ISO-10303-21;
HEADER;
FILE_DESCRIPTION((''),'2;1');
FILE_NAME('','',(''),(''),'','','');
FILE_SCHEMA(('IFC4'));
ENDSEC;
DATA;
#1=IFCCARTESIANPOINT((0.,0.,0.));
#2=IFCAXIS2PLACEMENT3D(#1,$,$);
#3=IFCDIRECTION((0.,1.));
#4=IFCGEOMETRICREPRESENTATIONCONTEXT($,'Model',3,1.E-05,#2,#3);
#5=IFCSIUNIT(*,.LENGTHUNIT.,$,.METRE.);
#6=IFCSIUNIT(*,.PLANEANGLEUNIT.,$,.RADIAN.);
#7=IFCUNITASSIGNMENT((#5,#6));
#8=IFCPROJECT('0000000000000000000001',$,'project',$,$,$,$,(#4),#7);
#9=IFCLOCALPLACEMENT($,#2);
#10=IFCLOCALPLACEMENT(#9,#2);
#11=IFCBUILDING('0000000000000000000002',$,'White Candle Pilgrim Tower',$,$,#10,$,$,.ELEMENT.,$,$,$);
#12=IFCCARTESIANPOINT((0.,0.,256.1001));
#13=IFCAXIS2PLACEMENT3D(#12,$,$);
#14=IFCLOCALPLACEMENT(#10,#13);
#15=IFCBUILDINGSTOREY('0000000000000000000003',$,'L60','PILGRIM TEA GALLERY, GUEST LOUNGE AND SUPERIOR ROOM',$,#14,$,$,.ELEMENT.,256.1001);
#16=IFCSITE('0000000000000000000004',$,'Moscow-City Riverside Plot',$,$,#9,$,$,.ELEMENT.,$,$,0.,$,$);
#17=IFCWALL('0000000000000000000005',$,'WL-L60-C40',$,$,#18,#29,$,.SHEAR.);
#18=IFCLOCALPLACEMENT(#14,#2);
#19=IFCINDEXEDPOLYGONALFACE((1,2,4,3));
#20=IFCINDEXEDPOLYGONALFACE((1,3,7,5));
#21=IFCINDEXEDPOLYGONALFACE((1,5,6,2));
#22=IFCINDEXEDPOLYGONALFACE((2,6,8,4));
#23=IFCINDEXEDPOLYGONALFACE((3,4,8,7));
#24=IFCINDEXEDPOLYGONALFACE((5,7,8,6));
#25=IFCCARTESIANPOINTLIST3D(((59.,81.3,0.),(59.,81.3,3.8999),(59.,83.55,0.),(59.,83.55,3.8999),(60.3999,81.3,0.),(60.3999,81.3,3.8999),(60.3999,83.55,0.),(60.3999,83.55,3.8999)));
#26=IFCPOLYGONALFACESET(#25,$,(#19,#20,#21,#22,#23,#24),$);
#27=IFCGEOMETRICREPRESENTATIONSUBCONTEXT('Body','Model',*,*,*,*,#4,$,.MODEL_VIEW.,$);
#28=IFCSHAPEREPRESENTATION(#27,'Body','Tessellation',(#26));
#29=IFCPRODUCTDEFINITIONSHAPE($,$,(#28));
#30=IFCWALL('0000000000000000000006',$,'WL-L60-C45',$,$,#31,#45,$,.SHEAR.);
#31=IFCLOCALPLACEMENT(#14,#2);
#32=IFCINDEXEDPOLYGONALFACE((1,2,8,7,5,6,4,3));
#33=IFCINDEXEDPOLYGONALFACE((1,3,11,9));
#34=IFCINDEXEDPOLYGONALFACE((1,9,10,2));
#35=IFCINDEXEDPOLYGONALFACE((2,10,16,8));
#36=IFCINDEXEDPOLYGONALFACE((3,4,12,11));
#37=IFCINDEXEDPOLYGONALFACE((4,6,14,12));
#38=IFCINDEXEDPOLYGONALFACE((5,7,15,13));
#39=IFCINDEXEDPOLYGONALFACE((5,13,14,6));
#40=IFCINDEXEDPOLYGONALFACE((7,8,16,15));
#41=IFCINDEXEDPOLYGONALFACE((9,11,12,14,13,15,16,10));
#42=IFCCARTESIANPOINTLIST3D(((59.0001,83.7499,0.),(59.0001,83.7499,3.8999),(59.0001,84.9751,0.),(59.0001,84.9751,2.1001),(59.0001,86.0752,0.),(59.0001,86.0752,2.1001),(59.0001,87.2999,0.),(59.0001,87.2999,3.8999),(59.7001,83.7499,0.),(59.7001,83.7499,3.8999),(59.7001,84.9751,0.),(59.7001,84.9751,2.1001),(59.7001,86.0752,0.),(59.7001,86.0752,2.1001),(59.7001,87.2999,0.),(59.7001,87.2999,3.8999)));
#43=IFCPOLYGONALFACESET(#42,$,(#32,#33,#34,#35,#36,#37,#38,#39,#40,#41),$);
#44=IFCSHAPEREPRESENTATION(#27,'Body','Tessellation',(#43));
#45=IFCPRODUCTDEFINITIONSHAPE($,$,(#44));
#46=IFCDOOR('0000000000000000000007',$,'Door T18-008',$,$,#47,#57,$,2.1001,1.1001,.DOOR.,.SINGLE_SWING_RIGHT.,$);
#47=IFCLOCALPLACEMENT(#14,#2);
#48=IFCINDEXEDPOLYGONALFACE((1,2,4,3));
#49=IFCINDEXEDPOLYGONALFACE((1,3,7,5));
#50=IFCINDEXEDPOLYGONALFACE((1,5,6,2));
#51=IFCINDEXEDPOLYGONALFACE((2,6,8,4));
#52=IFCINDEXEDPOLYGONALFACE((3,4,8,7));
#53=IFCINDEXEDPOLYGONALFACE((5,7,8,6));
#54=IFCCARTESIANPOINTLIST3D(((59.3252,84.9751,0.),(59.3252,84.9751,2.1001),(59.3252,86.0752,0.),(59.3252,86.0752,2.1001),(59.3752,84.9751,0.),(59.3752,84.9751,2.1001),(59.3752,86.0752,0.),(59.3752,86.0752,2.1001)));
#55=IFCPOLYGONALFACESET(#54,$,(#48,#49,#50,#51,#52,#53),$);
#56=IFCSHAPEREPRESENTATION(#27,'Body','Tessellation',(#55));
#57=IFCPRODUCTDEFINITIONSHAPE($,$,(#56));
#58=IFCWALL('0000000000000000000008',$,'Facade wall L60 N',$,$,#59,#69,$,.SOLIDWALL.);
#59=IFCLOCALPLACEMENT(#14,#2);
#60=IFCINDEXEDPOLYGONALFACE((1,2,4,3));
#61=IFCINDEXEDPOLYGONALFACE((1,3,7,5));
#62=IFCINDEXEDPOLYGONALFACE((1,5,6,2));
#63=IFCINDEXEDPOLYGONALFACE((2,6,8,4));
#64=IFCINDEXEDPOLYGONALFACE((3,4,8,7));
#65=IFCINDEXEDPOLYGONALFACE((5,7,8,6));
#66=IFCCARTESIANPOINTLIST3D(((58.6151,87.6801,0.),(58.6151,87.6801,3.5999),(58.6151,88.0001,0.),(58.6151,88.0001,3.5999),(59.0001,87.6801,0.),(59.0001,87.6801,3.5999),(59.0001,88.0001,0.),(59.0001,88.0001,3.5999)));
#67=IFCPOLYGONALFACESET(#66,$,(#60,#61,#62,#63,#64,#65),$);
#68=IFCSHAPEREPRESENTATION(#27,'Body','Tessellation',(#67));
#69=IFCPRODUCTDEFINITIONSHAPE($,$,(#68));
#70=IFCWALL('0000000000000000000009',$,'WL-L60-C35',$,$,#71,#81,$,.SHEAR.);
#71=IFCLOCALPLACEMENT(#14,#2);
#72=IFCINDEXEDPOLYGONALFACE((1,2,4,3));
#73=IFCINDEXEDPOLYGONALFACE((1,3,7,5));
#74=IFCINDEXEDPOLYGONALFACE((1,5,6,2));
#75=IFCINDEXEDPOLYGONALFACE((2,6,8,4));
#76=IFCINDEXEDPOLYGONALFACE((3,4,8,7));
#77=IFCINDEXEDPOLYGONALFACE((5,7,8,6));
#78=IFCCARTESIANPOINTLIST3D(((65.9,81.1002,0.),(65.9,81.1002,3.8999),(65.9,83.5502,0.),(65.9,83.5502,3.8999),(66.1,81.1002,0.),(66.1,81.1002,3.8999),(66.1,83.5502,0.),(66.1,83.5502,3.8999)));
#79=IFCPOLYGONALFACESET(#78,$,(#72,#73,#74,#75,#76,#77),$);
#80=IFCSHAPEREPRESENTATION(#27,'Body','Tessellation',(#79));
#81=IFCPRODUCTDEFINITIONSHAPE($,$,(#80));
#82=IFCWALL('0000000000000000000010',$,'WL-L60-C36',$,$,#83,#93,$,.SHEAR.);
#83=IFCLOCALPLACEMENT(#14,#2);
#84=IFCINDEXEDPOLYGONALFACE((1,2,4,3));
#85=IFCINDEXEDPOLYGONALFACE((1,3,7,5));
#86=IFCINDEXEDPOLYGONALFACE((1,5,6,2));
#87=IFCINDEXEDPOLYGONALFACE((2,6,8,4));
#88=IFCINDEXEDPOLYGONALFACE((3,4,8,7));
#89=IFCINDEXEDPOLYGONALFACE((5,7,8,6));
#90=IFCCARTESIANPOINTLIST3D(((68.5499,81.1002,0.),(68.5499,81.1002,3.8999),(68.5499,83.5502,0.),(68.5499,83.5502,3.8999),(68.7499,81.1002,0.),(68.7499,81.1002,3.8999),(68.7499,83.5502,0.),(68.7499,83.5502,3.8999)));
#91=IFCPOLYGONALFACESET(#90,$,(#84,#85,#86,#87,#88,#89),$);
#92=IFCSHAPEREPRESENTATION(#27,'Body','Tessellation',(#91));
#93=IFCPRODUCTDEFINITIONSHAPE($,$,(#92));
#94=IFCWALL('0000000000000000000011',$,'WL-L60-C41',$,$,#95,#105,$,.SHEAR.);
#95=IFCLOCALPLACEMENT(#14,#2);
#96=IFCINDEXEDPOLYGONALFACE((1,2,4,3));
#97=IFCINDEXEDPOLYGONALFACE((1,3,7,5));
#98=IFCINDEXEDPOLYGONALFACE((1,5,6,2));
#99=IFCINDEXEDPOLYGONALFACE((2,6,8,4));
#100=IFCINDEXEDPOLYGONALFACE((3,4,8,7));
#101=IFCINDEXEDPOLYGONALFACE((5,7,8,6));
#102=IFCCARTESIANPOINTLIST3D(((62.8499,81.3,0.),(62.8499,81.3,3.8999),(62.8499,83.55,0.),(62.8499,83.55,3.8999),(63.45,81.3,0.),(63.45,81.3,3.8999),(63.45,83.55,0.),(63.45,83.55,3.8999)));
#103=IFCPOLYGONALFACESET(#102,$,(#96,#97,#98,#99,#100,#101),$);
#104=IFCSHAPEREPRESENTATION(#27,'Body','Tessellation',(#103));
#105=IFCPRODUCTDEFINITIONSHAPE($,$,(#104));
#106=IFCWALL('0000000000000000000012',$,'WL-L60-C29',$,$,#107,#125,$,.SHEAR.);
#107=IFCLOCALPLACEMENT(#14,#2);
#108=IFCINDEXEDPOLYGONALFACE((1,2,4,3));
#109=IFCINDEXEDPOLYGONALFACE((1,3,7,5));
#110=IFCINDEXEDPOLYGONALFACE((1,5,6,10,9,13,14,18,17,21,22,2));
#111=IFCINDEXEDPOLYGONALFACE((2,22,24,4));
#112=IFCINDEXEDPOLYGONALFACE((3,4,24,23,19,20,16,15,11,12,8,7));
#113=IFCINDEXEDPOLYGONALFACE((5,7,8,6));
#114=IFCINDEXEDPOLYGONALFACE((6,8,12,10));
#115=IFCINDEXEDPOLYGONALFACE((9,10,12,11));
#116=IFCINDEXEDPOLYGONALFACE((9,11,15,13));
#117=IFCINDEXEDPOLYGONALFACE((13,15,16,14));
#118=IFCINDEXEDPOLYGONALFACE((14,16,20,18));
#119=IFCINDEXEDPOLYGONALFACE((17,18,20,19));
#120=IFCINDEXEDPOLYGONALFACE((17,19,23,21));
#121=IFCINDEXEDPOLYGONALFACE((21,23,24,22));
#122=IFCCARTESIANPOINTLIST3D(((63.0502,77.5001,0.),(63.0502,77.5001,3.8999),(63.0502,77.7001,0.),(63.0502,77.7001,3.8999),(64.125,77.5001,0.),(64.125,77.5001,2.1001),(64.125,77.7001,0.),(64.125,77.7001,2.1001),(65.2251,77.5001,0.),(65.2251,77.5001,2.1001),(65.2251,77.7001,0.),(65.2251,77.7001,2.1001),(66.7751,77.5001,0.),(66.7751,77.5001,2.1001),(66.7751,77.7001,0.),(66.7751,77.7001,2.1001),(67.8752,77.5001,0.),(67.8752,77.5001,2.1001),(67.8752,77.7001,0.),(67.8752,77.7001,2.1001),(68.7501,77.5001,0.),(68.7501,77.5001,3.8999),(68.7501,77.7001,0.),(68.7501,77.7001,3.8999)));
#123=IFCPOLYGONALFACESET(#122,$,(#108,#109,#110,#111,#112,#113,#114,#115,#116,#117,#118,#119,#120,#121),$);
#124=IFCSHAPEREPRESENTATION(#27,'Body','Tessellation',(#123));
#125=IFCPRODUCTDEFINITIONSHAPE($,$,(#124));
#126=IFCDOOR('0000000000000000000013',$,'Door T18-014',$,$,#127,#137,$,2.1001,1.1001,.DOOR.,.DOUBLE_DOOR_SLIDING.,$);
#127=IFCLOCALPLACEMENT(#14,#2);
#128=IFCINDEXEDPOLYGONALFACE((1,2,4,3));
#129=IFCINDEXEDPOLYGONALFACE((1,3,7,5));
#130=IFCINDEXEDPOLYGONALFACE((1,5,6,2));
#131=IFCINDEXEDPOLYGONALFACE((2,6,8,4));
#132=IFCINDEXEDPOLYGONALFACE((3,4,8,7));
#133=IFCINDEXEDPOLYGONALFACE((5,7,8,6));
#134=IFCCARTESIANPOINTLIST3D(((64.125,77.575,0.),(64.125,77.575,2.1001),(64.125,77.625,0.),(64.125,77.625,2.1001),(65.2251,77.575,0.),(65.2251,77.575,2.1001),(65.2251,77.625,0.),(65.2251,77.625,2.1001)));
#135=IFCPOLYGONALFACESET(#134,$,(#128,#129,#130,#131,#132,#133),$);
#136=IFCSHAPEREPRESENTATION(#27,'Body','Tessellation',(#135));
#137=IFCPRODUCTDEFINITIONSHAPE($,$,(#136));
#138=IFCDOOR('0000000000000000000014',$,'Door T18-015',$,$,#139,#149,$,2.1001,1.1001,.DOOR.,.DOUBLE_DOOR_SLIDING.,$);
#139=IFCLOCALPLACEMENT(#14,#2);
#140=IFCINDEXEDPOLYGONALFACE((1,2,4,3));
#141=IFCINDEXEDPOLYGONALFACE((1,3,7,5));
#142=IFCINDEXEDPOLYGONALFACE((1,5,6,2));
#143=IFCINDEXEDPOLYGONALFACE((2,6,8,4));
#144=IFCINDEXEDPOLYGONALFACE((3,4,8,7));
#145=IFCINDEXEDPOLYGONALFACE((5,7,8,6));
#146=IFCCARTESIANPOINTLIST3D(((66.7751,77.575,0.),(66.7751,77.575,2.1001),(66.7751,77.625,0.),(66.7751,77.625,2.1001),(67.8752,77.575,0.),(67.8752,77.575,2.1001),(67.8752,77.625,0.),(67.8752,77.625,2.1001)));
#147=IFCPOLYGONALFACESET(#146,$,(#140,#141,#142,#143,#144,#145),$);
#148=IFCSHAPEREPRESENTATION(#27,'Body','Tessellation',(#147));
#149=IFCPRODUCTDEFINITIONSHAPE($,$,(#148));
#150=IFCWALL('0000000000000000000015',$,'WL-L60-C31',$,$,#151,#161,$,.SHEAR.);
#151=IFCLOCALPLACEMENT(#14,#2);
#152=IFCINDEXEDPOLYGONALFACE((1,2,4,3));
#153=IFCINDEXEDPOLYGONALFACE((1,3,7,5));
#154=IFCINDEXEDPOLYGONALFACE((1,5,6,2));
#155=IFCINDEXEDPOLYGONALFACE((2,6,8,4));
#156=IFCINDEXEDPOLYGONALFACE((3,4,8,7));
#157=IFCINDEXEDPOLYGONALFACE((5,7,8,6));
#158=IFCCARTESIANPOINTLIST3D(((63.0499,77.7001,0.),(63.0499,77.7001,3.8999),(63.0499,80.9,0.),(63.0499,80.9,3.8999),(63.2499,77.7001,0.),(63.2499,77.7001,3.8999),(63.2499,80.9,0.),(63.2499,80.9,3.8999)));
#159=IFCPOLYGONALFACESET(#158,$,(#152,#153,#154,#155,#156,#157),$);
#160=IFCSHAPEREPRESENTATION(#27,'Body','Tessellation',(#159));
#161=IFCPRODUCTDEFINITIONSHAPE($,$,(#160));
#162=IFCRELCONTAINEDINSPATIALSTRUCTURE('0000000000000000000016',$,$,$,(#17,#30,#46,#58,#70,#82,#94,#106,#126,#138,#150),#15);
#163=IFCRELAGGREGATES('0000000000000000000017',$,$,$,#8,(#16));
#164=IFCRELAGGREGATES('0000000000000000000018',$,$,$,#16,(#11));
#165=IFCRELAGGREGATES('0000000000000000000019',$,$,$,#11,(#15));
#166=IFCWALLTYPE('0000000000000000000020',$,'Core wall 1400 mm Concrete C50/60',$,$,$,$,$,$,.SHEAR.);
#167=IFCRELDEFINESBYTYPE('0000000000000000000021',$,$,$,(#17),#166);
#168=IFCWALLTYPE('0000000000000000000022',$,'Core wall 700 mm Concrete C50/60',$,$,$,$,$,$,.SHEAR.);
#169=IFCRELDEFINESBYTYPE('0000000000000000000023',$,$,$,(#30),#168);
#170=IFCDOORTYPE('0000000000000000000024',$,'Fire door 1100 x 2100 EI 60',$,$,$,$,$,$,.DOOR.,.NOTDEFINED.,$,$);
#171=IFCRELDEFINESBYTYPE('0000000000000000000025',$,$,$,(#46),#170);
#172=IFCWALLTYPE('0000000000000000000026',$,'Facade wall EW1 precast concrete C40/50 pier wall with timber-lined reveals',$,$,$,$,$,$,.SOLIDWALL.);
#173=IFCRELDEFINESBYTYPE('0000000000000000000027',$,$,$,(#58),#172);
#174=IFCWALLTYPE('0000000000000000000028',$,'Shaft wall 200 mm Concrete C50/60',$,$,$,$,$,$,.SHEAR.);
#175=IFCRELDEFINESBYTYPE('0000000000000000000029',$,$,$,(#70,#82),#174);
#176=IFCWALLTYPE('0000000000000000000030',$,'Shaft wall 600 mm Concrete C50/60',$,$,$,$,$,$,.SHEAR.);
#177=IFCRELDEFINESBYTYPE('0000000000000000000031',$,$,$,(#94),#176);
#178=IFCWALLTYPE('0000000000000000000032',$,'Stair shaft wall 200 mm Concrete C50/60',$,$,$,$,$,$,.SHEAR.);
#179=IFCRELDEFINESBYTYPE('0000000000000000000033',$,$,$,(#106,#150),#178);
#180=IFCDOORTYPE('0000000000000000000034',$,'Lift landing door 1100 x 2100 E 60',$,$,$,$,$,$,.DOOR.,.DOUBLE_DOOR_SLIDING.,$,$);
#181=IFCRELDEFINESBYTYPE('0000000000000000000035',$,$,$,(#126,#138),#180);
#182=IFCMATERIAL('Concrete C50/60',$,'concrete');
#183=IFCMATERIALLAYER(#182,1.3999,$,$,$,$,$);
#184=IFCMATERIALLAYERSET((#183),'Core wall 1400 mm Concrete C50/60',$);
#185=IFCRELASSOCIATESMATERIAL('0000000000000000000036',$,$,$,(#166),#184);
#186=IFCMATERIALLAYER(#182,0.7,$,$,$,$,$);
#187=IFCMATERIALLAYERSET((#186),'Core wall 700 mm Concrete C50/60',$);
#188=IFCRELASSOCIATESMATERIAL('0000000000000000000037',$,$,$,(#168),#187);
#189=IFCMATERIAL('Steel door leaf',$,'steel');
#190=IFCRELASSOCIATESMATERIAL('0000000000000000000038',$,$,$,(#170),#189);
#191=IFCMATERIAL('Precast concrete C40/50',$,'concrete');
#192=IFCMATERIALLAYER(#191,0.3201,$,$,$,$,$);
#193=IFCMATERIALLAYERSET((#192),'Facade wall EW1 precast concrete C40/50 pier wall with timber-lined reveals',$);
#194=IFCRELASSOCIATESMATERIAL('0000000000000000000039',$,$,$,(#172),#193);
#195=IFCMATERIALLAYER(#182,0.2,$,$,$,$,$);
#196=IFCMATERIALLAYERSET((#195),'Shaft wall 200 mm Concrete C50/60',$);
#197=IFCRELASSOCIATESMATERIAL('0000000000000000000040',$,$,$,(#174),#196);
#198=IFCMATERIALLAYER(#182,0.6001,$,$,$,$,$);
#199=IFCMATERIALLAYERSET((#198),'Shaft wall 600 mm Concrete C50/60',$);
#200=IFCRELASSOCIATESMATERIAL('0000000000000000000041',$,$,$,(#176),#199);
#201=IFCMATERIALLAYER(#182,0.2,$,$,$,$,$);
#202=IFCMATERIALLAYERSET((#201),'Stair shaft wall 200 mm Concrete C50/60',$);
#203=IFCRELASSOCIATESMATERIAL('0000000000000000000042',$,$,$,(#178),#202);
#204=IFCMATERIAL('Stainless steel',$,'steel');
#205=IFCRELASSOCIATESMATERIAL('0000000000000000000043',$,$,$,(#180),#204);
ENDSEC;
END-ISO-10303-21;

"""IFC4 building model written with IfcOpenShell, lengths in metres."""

from ifc_helpers import new_model, si_unit, direction, frame, frame_2d, origin, place, context, subcontext, project, spatial, rectangle, extrude, material, layer, layer_set, type_object, element, fill, save


model = new_model("IFC4")

# Units and contexts
model_context = context("Model", 3, precision=1e-05, world=origin(), true_north=direction((0.0, 1.0)))
body_context = subcontext(model_context, "Body", "Model", "MODEL_VIEW")
ifc_project = project(units=[si_unit("LENGTHUNIT", "METRE"), si_unit("PLANEANGLEUNIT", "RADIAN")], contexts=[model_context])

# Site, building, storey
site_placement = place(None, origin())
site = spatial("IfcSite", under=ifc_project, at=site_placement, Name="Moscow-City Riverside Plot", CompositionType="ELEMENT", RefElevation=0.0)
building_placement = place(site_placement, origin())
building = spatial("IfcBuilding", under=site, at=building_placement, Name="White Candle Pilgrim Tower", CompositionType="ELEMENT")
storey_placement = place(building_placement, frame((0.0, 0.0, 256.1001)))
storey = spatial("IfcBuildingStorey", under=building, at=storey_placement, Name="L60", Description="PILGRIM TEA GALLERY, GUEST LOUNGE AND SUPERIOR ROOM", CompositionType="ELEMENT", Elevation=256.1001)

# Wall
ifc_material_1 = material(Name="Concrete C50/60", Category="concrete")
ifc_layer_1 = layer(ifc_material_1, 1.3999)
ifc_layer_set_1 = layer_set([ifc_layer_1], Name="Core wall 1400 mm Concrete C50/60")
wall_type_1 = type_object("IfcWallType", Name="Core wall 1400 mm Concrete C50/60", PredefinedType="SHEAR", material=ifc_layer_set_1)
wall_1_placement = place(storey_placement, frame((59.7, 81.3, 0.0), z_axis=(0.0, 0.0, 1.0), x_axis=(0.0, 1.0, 0.0)))
element("IfcWall", 1, at=wall_1_placement, inside=storey, type_object=wall_type_1, Name="WL-L60-C40", PredefinedType="SHEAR", context=body_context, shape_type="SweptSolid", body=[
    extrude(rectangle(XDim=2.25, YDim=1.3999, at=frame_2d((1.125, 0.0))), origin(), (0.0, 0.0, 1.0), 3.8999),
])

# Wall, opening, door
ifc_layer_2 = layer(ifc_material_1, 0.7)
ifc_layer_set_2 = layer_set([ifc_layer_2], Name="Core wall 700 mm Concrete C50/60")
wall_type_2 = type_object("IfcWallType", Name="Core wall 700 mm Concrete C50/60", PredefinedType="SHEAR", material=ifc_layer_set_2)
wall_2_placement = place(storey_placement, frame((59.3501, 83.75, 0.0), z_axis=(0.0, 0.0, 1.0), x_axis=(0.0, 1.0, 0.0)))
wall_2 = element("IfcWall", 2, at=wall_2_placement, inside=storey, type_object=wall_type_2, Name="WL-L60-C45", PredefinedType="SHEAR", context=body_context, shape_type="SweptSolid", body=[
    extrude(rectangle(XDim=3.55, YDim=0.7, at=frame_2d((1.7749, 0.0))), origin(), (0.0, 0.0, 1.0), 3.8999),
])
opening_1_placement = place(wall_2_placement, frame((1.2251, 0.0, 0.0)))
opening_1 = element("IfcOpeningElement", 3, at=opening_1_placement, cuts=wall_2, PredefinedType="OPENING", context=body_context, shape_type="SweptSolid", body=[
    extrude(rectangle(XDim=1.1001, YDim=2.1001, at=frame_2d((0.55, 1.05))), frame((0.0, 0.3599, 0.0), z_axis=(0.0, -1.0, 0.0), x_axis=(1.0, 0.0, 0.0)), (0.0, 0.0, 1.0), 0.72),
])
ifc_material_2 = material(Name="Steel door leaf", Category="steel")
door_type_1 = type_object("IfcDoorType", Name="Fire door 1100 x 2100 EI 60", OperationType="NOTDEFINED", PredefinedType="DOOR", material=ifc_material_2)
door_1_placement = place(opening_1_placement, origin())
door_1 = element("IfcDoor", 4, at=door_1_placement, inside=storey, type_object=door_type_1, Name="Door T18-008", OperationType="SINGLE_SWING_RIGHT", OverallHeight=2.1001, OverallWidth=1.1001, PredefinedType="DOOR", context=body_context, shape_type="SweptSolid", body=[
    extrude(rectangle(XDim=1.1001, YDim=2.1001, at=frame_2d((0.55, 1.05))), frame((0.0, 0.0249, 0.0), z_axis=(0.0, -1.0, 0.0), x_axis=(1.0, 0.0, 0.0)), (0.0, 0.0, 1.0), 0.05),
])
fill(opening_1, door_1)

# Walls
ifc_material_3 = material(Name="Precast concrete C40/50", Category="concrete")
ifc_layer_3 = layer(ifc_material_3, 0.3201)
ifc_layer_set_3 = layer_set([ifc_layer_3], Name="Facade wall EW1 precast concrete C40/50 pier wall with timber-lined reveals")
wall_type_3 = type_object("IfcWallType", Name="Facade wall EW1 precast concrete C40/50 pier wall with timber-lined reveals", PredefinedType="SOLIDWALL", material=ifc_layer_set_3)
wall_3_placement = place(storey_placement, frame((59.0, 87.8401, 0.0), z_axis=(0.0, 0.0, 1.0), x_axis=(-1.0, 0.0, 0.0)))
element("IfcWall", 5, at=wall_3_placement, inside=storey, type_object=wall_type_3, Name="Facade wall L60 N", PredefinedType="SOLIDWALL", context=body_context, shape_type="SweptSolid", body=[
    extrude(rectangle(XDim=0.385, YDim=0.3201, at=frame_2d((0.1924, 0.0))), origin(), (0.0, 0.0, 1.0), 3.5999),
])
ifc_layer_4 = layer(ifc_material_1, 0.2)
ifc_layer_set_4 = layer_set([ifc_layer_4], Name="Shaft wall 200 mm Concrete C50/60")
wall_type_4 = type_object("IfcWallType", Name="Shaft wall 200 mm Concrete C50/60", PredefinedType="SHEAR", material=ifc_layer_set_4)
for number, where, z_axis, x_axis, name in (
    (6, (66.0, 81.1001, 0.0), (0.0, 0.0, 1.0), (0.0, 1.0, 0.0), "WL-L60-C35"),
    (7, (68.6499, 81.1001, 0.0), (0.0, 0.0, 1.0), (0.0, 1.0, 0.0), "WL-L60-C36"),
):
    element("IfcWall", number, at=place(storey_placement, frame(where, z_axis=z_axis, x_axis=x_axis)), inside=storey, type_object=wall_type_4, Name=name, PredefinedType="SHEAR", context=body_context, shape_type="SweptSolid", body=[
        extrude(rectangle(XDim=2.45, YDim=0.2, at=frame_2d((1.2251, 0.0))), origin(), (0.0, 0.0, 1.0), 3.8999),
    ])
ifc_layer_5 = layer(ifc_material_1, 0.6001)
ifc_layer_set_5 = layer_set([ifc_layer_5], Name="Shaft wall 600 mm Concrete C50/60")
wall_type_5 = type_object("IfcWallType", Name="Shaft wall 600 mm Concrete C50/60", PredefinedType="SHEAR", material=ifc_layer_set_5)
wall_4_placement = place(storey_placement, frame((63.1499, 81.3, 0.0), z_axis=(0.0, 0.0, 1.0), x_axis=(0.0, 1.0, 0.0)))
element("IfcWall", 8, at=wall_4_placement, inside=storey, type_object=wall_type_5, Name="WL-L60-C41", PredefinedType="SHEAR", context=body_context, shape_type="SweptSolid", body=[
    extrude(rectangle(XDim=2.25, YDim=0.6001, at=frame_2d((1.125, 0.0))), origin(), (0.0, 0.0, 1.0), 3.8999),
])

# Wall, openings, doors
ifc_layer_6 = layer(ifc_material_1, 0.2)
ifc_layer_set_6 = layer_set([ifc_layer_6], Name="Stair shaft wall 200 mm Concrete C50/60")
wall_type_6 = type_object("IfcWallType", Name="Stair shaft wall 200 mm Concrete C50/60", PredefinedType="SHEAR", material=ifc_layer_set_6)
wall_5_placement = place(storey_placement, frame((63.05, 77.6001, 0.0), z_axis=(0.0, 0.0, 1.0), x_axis=(1.0, 0.0, 0.0)))
wall_5 = element("IfcWall", 9, at=wall_5_placement, inside=storey, type_object=wall_type_6, Name="WL-L60-C29", PredefinedType="SHEAR", context=body_context, shape_type="SweptSolid", body=[
    extrude(rectangle(XDim=5.7, YDim=0.2, at=frame_2d((2.8501, 0.0))), origin(), (0.0, 0.0, 1.0), 3.8999),
])
opening_2_placement = place(wall_5_placement, frame((1.075, 0.0, 0.0)))
opening_2 = element("IfcOpeningElement", 10, at=opening_2_placement, cuts=wall_5, PredefinedType="OPENING", context=body_context, shape_type="SweptSolid", body=[
    extrude(rectangle(XDim=1.1001, YDim=2.1001, at=frame_2d((0.55, 1.05))), frame((0.0, 0.1099, 0.0), z_axis=(0.0, -1.0, 0.0), x_axis=(1.0, 0.0, 0.0)), (0.0, 0.0, 1.0), 0.22),
])
opening_3_placement = place(wall_5_placement, frame((3.7251, 0.0, 0.0)))
opening_3 = element("IfcOpeningElement", 11, at=opening_3_placement, cuts=wall_5, PredefinedType="OPENING", context=body_context, shape_type="SweptSolid", body=[
    extrude(rectangle(XDim=1.1001, YDim=2.1001, at=frame_2d((0.55, 1.05))), frame((0.0, 0.1099, 0.0), z_axis=(0.0, -1.0, 0.0), x_axis=(1.0, 0.0, 0.0)), (0.0, 0.0, 1.0), 0.22),
])
ifc_material_4 = material(Name="Stainless steel", Category="steel")
door_type_2 = type_object("IfcDoorType", Name="Lift landing door 1100 x 2100 E 60", OperationType="DOUBLE_DOOR_SLIDING", PredefinedType="DOOR", material=ifc_material_4)
door_2_placement = place(opening_2_placement, origin())
door_2 = element("IfcDoor", 12, at=door_2_placement, inside=storey, type_object=door_type_2, Name="Door T18-014", OperationType="DOUBLE_DOOR_SLIDING", OverallHeight=2.1001, OverallWidth=1.1001, PredefinedType="DOOR", context=body_context, shape_type="SweptSolid", body=[
    extrude(rectangle(XDim=1.1001, YDim=2.1001, at=frame_2d((0.55, 1.05))), frame((0.0, 0.0249, 0.0), z_axis=(0.0, -1.0, 0.0), x_axis=(1.0, 0.0, 0.0)), (0.0, 0.0, 1.0), 0.05),
])
fill(opening_2, door_2)
door_3_placement = place(opening_3_placement, origin())
door_3 = element("IfcDoor", 13, at=door_3_placement, inside=storey, type_object=door_type_2, Name="Door T18-015", OperationType="DOUBLE_DOOR_SLIDING", OverallHeight=2.1001, OverallWidth=1.1001, PredefinedType="DOOR", context=body_context, shape_type="SweptSolid", body=[
    extrude(rectangle(XDim=1.1001, YDim=2.1001, at=frame_2d((0.55, 1.05))), frame((0.0, 0.0249, 0.0), z_axis=(0.0, -1.0, 0.0), x_axis=(1.0, 0.0, 0.0)), (0.0, 0.0, 1.0), 0.05),
])
fill(opening_3, door_3)

# Wall
wall_6_placement = place(storey_placement, frame((63.1499, 77.7, 0.0), z_axis=(0.0, 0.0, 1.0), x_axis=(0.0, 1.0, 0.0)))
element("IfcWall", 14, at=wall_6_placement, inside=storey, type_object=wall_type_6, Name="WL-L60-C31", PredefinedType="SHEAR", context=body_context, shape_type="SweptSolid", body=[
    extrude(rectangle(XDim=3.2, YDim=0.2, at=frame_2d((1.6001, 0.0))), origin(), (0.0, 0.0, 1.0), 3.8999),
])

save(model, "model.ifc")
